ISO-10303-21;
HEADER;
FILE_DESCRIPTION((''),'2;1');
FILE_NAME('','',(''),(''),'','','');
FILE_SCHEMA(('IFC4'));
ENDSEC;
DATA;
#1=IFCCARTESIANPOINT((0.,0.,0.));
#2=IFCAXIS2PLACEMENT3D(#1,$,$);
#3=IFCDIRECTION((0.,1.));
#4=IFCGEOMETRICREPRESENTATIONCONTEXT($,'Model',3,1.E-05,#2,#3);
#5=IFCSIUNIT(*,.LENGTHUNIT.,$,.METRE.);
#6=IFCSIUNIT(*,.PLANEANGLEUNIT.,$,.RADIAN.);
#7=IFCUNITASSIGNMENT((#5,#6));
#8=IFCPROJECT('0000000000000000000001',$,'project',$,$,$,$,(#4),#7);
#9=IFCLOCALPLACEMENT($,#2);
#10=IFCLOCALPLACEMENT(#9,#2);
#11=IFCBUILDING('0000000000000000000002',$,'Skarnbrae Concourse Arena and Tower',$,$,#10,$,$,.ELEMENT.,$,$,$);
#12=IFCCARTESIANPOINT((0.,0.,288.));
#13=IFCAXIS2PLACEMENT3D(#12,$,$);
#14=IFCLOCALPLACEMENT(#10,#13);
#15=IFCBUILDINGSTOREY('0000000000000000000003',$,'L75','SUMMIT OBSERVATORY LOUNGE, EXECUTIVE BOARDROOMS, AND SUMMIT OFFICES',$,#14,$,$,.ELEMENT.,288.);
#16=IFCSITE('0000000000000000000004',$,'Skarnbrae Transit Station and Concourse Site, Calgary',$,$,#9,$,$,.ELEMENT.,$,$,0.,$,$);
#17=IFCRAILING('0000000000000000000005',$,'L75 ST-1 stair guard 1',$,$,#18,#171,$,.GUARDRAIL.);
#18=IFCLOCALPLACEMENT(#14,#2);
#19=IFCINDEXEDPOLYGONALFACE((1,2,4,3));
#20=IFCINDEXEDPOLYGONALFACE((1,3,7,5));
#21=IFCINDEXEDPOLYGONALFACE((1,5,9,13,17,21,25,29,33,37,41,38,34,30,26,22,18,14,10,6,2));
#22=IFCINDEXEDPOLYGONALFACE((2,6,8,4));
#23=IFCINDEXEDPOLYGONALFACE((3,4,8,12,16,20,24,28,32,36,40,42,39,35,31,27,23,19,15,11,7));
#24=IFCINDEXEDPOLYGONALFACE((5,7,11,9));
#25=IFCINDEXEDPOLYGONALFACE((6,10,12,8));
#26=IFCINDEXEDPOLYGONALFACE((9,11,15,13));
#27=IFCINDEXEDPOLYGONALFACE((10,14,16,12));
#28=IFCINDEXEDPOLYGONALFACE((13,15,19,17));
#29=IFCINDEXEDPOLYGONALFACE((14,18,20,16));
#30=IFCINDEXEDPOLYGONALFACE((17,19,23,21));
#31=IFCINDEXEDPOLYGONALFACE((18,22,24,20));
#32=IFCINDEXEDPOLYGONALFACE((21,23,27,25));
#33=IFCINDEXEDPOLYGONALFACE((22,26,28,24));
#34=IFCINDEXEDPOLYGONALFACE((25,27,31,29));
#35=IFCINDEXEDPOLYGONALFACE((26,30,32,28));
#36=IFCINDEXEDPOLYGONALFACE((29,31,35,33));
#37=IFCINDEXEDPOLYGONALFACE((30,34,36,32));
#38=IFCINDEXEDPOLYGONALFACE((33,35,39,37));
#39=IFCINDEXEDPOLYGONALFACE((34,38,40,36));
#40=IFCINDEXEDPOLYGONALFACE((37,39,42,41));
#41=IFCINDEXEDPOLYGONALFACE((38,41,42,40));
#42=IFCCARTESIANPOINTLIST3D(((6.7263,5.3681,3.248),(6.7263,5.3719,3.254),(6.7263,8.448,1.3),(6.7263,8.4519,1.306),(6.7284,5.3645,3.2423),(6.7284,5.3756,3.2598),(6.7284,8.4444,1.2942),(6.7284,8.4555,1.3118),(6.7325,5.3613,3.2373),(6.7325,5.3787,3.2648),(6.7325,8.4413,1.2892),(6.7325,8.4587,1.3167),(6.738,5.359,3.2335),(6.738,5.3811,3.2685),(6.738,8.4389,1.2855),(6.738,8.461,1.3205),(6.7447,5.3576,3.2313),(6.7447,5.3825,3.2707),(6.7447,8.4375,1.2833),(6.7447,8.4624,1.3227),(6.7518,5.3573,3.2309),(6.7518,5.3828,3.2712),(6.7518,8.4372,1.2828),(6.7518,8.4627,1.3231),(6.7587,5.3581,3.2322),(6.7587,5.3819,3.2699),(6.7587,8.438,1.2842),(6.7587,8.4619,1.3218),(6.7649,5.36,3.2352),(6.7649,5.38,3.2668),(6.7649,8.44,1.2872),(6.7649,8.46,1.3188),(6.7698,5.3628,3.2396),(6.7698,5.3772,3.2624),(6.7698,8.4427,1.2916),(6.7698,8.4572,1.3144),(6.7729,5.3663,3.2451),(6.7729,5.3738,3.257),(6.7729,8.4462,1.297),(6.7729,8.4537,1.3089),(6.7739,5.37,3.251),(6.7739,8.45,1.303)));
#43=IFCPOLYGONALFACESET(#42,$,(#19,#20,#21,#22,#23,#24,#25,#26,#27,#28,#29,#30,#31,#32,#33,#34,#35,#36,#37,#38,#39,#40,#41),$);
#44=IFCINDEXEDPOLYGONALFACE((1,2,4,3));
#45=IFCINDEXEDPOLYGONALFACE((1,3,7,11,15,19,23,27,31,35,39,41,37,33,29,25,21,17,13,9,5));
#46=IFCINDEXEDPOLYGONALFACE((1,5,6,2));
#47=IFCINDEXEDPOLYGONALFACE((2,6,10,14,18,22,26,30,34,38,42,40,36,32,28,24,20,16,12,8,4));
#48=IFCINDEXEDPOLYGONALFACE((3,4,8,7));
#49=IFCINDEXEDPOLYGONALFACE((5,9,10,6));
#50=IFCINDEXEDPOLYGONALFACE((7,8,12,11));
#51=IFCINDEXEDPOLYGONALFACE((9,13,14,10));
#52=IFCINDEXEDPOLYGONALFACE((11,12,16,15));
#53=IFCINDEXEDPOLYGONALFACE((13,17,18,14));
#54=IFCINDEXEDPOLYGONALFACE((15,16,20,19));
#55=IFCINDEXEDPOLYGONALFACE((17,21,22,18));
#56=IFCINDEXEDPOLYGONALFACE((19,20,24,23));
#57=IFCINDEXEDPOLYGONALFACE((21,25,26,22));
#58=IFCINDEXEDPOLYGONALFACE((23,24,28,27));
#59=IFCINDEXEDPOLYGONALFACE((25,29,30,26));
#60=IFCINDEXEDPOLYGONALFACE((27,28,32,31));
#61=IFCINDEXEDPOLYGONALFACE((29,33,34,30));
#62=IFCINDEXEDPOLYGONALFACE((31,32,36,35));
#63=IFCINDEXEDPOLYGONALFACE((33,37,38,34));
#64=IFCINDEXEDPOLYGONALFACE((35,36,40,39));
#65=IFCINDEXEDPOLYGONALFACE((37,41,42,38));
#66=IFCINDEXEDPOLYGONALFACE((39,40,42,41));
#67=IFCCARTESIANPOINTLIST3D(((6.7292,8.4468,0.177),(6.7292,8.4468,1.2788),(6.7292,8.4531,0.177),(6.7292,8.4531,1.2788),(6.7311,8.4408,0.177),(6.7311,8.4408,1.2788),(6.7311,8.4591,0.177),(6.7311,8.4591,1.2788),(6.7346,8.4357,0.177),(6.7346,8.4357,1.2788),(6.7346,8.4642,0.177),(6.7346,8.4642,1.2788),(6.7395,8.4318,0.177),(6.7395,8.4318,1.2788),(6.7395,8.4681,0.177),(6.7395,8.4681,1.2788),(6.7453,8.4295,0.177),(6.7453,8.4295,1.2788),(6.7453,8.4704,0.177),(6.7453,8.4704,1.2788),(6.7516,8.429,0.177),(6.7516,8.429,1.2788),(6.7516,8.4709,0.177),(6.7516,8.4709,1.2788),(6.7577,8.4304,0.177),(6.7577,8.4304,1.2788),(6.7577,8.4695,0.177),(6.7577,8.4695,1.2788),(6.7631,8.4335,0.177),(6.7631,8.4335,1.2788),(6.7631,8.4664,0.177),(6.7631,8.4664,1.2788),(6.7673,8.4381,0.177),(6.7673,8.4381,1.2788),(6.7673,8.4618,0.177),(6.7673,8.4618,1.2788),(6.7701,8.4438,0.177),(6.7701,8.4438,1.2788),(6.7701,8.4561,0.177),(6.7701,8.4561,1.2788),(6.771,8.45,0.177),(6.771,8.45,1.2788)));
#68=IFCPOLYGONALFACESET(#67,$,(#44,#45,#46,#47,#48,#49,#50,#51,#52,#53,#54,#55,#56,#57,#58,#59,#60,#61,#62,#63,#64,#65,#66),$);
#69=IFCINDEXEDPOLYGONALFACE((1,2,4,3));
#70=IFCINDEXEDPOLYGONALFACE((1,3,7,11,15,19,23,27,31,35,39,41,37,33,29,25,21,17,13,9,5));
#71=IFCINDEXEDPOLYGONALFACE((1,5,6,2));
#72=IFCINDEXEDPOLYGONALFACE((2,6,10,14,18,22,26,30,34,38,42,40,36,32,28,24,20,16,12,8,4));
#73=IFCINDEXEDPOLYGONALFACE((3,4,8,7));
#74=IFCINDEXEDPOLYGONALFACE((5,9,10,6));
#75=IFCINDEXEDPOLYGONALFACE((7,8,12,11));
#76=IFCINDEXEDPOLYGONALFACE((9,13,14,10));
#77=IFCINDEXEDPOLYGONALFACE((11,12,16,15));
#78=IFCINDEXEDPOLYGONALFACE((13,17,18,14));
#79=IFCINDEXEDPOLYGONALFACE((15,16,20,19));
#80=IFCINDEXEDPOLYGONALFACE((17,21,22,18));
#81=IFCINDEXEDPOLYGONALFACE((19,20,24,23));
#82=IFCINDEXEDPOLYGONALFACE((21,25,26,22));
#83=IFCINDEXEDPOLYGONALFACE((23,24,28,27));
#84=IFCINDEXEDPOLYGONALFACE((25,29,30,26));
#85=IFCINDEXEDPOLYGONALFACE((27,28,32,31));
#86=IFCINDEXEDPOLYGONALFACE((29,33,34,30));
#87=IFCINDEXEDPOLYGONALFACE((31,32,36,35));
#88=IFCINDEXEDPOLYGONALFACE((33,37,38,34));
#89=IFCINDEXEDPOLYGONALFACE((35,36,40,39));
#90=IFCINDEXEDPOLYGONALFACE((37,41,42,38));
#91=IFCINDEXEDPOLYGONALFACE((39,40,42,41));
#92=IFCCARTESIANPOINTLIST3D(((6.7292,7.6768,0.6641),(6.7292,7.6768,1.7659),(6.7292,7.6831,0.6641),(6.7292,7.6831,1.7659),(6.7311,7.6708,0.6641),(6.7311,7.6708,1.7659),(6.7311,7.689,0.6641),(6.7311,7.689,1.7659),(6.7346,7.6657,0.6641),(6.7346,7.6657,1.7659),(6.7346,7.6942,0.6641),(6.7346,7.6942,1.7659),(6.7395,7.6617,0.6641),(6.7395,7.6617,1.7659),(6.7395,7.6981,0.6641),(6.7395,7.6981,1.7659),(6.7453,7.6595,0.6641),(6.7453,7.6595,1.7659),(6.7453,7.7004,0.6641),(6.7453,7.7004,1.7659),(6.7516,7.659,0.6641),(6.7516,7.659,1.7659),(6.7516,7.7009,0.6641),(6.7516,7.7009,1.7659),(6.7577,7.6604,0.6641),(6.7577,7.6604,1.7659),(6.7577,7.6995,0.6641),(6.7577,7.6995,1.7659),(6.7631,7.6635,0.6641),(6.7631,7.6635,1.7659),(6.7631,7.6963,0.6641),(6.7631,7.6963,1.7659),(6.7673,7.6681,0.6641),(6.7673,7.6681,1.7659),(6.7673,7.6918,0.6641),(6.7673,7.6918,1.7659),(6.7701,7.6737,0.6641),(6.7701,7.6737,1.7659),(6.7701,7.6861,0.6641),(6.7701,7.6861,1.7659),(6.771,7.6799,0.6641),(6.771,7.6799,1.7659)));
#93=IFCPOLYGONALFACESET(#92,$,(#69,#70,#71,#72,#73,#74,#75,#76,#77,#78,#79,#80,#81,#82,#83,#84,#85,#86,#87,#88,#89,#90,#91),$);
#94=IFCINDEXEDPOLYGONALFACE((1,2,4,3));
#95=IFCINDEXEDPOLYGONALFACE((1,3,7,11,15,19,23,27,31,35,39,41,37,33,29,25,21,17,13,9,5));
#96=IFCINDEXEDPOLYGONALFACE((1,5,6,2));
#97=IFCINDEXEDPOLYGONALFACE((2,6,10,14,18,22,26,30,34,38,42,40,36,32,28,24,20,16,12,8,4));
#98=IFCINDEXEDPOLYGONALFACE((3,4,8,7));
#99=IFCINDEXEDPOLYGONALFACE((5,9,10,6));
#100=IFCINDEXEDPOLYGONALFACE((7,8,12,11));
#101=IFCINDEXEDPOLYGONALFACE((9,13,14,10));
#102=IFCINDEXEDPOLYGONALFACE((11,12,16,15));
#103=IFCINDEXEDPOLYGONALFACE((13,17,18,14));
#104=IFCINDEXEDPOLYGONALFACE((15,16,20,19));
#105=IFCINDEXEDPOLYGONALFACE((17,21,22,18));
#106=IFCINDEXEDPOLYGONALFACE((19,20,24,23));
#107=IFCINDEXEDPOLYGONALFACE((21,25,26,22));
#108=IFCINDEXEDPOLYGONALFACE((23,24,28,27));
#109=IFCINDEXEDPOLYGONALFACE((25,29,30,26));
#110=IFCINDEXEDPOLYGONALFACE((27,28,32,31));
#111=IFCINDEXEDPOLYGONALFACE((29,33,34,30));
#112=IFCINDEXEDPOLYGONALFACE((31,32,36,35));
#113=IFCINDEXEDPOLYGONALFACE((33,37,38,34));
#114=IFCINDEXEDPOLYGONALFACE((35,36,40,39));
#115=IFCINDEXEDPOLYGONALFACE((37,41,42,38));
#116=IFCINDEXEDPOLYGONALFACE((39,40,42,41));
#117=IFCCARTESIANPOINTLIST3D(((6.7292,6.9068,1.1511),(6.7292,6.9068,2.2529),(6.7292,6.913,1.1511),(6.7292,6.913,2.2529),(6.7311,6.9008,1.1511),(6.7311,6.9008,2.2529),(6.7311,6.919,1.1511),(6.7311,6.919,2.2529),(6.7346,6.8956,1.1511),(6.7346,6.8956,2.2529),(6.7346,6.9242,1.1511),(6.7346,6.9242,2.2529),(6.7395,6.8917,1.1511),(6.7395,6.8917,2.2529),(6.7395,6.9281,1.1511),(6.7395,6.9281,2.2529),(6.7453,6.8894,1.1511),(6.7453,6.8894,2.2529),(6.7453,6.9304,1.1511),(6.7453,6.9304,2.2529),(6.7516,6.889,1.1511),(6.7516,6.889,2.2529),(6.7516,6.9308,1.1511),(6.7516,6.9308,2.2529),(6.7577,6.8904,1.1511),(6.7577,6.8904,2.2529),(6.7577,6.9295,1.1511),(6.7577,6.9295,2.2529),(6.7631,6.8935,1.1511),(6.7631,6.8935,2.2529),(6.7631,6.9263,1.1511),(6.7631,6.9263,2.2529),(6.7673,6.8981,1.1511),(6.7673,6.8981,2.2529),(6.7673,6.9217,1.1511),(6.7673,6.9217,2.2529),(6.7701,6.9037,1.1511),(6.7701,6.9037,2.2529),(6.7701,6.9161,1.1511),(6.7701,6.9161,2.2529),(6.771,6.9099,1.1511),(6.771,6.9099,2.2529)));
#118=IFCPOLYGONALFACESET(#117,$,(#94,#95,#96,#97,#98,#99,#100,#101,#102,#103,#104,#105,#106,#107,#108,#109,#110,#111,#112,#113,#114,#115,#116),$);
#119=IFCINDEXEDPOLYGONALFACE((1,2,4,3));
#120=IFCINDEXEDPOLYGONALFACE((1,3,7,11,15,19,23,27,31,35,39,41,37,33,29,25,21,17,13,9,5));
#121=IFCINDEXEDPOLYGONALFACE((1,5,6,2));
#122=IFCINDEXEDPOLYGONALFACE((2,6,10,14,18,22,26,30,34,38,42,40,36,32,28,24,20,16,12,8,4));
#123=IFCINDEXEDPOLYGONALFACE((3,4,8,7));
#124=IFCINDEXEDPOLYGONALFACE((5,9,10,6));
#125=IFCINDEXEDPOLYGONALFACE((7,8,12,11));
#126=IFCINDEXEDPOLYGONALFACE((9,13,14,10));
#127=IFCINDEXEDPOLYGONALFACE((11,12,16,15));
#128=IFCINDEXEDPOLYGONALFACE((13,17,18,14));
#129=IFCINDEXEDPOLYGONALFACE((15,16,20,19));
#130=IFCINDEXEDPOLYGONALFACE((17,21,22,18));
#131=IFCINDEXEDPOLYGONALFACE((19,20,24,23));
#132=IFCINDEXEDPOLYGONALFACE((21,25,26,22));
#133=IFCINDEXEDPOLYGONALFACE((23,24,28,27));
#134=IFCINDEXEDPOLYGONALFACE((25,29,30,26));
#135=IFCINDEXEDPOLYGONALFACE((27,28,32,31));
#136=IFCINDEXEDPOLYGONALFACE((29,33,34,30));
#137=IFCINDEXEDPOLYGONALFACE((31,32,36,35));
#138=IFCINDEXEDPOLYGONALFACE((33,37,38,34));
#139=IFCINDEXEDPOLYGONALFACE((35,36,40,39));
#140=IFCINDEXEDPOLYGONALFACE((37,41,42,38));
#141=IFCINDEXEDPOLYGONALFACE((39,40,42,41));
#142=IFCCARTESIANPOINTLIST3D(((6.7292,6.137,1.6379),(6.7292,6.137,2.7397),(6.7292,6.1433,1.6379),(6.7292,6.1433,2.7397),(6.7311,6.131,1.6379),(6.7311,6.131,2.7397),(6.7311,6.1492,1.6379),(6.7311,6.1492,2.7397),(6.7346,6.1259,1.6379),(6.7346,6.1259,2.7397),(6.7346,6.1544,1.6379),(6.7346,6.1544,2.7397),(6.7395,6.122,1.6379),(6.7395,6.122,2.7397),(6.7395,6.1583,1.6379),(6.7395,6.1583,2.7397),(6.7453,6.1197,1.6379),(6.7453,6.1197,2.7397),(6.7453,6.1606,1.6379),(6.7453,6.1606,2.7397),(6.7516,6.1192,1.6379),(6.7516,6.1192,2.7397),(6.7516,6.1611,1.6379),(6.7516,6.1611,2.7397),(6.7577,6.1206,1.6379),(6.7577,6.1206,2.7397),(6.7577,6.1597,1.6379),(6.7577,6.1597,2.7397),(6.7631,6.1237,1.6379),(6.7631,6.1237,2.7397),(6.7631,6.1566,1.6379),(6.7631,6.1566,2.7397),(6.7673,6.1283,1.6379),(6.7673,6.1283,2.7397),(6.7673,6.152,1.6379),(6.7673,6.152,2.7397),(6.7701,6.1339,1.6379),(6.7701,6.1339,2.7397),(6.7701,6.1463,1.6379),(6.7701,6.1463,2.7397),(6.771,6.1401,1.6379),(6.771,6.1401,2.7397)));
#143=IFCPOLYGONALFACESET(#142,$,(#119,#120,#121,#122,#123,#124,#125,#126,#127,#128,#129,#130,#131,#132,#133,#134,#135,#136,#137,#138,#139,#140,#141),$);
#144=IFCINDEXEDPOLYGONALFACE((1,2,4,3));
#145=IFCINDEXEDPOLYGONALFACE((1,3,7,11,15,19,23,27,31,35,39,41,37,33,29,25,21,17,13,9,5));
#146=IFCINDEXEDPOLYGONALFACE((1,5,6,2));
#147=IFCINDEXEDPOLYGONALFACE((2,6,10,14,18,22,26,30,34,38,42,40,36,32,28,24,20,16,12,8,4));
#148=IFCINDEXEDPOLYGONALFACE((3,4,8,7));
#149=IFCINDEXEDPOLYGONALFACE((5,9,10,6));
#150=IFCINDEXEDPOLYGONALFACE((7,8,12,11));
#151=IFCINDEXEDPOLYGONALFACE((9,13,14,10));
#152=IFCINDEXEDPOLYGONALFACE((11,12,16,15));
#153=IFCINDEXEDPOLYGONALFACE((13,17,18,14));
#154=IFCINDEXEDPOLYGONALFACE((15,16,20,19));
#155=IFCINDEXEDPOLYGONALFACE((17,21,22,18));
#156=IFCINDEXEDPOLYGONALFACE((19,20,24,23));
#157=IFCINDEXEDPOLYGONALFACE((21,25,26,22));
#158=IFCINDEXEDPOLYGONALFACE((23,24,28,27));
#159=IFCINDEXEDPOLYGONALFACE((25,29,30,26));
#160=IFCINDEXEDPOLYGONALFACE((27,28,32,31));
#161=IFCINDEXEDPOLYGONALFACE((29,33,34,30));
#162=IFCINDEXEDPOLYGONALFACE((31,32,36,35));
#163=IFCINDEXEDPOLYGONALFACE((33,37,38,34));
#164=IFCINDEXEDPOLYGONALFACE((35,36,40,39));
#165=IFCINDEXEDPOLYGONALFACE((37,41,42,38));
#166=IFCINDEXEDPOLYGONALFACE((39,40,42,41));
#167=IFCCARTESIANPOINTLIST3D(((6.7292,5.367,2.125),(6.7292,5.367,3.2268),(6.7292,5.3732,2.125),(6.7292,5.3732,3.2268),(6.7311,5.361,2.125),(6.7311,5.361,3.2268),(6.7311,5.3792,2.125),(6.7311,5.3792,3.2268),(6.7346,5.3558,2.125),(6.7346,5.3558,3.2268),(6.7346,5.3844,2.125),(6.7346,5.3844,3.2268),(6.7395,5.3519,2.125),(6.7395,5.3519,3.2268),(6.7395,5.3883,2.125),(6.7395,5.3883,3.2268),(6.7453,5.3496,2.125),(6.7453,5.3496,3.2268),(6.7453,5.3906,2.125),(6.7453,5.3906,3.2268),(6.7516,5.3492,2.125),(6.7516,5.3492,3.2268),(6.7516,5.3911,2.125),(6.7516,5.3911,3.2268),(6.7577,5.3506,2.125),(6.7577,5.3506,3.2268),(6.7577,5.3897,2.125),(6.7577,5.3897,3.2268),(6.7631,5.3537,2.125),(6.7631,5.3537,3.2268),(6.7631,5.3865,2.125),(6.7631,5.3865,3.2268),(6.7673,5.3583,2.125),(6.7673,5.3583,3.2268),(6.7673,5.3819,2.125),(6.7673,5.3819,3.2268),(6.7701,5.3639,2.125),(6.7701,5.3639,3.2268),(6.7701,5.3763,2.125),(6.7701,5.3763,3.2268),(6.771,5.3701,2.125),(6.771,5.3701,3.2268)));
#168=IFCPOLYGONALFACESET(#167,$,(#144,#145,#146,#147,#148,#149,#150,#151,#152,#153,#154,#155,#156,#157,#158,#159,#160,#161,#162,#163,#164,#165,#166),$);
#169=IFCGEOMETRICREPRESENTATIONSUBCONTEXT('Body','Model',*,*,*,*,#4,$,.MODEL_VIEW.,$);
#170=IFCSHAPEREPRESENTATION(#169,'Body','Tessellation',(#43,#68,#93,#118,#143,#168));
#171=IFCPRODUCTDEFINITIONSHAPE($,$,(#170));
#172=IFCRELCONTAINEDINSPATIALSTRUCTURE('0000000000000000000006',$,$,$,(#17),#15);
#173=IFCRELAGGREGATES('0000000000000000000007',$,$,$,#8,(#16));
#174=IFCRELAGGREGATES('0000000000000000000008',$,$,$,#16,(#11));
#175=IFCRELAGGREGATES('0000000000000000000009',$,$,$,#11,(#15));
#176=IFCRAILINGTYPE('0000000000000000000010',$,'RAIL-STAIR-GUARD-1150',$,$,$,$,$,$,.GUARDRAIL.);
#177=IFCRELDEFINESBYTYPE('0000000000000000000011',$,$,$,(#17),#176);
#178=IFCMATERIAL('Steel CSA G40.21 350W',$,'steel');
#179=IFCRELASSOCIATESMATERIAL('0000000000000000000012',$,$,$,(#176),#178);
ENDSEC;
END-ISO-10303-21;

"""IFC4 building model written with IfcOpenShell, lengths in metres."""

from ifc_helpers import new_model, si_unit, direction, frame, origin, origin_2d, place, context, subcontext, project, spatial, circle, extrude, material, type_object, element, save


model = new_model("IFC4")

# Units and contexts
model_context = context("Model", 3, precision=1e-05, world=origin(), true_north=direction((0.0, 1.0)))
body_context = subcontext(model_context, "Body", "Model", "MODEL_VIEW")
ifc_project = project(units=[si_unit("LENGTHUNIT", "METRE"), si_unit("PLANEANGLEUNIT", "RADIAN")], contexts=[model_context])

# Site, building, storey
site_placement = place(None, origin())
site = spatial("IfcSite", under=ifc_project, at=site_placement, Name="Skarnbrae Transit Station and Concourse Site, Calgary", CompositionType="ELEMENT", RefElevation=0.0)
building_placement = place(site_placement, origin())
building = spatial("IfcBuilding", under=site, at=building_placement, Name="Skarnbrae Concourse Arena and Tower", CompositionType="ELEMENT")
storey_placement = place(building_placement, frame((0.0, 0.0, 288.0)))
storey = spatial("IfcBuildingStorey", under=building, at=storey_placement, Name="L75", Description="SUMMIT OBSERVATORY LOUNGE, EXECUTIVE BOARDROOMS, AND SUMMIT OFFICES", CompositionType="ELEMENT", Elevation=288.0)

# Shared definitions
ifc_material_1 = material(Name="Steel CSA G40.21 350W", Category="steel")

# Railing
railing_type_1 = type_object("IfcRailingType", Name="RAIL-STAIR-GUARD-1150", PredefinedType="GUARDRAIL", material=ifc_material_1)
railing_1_placement = place(storey_placement, frame((6.75, 8.45, 0.177)))
element("IfcRailing", 1, at=railing_1_placement, inside=storey, type_object=railing_type_1, Name="L75 ST-1 stair guard 1", PredefinedType="GUARDRAIL", context=body_context, shape_type="SweptSolid", body=[
    extrude(circle(Radius=0.0239, at=origin_2d()), frame((0.0, 0.0, 1.126), z_axis=(0.0, -0.845137, 0.53455), x_axis=(1.0, 0.0, 0.0)), (0.0, 0.0, 1.0), 3.6443),
    extrude(circle(Radius=0.021, at=origin_2d()), origin(), (0.0, 0.0, 1.0), 1.1018),
    extrude(circle(Radius=0.021, at=origin_2d()), frame((0.0, -0.77, 0.4871)), (0.0, 0.0, 1.0), 1.1018),
    extrude(circle(Radius=0.021, at=origin_2d()), frame((0.0, -1.54, 0.9741)), (0.0, 0.0, 1.0), 1.1018),
    extrude(circle(Radius=0.021, at=origin_2d()), frame((0.0, -2.3098, 1.4609)), (0.0, 0.0, 1.0), 1.1018),
    extrude(circle(Radius=0.021, at=origin_2d()), frame((0.0, -3.0798, 1.948)), (0.0, 0.0, 1.0), 1.1018),
])

save(model, "model.ifc")
